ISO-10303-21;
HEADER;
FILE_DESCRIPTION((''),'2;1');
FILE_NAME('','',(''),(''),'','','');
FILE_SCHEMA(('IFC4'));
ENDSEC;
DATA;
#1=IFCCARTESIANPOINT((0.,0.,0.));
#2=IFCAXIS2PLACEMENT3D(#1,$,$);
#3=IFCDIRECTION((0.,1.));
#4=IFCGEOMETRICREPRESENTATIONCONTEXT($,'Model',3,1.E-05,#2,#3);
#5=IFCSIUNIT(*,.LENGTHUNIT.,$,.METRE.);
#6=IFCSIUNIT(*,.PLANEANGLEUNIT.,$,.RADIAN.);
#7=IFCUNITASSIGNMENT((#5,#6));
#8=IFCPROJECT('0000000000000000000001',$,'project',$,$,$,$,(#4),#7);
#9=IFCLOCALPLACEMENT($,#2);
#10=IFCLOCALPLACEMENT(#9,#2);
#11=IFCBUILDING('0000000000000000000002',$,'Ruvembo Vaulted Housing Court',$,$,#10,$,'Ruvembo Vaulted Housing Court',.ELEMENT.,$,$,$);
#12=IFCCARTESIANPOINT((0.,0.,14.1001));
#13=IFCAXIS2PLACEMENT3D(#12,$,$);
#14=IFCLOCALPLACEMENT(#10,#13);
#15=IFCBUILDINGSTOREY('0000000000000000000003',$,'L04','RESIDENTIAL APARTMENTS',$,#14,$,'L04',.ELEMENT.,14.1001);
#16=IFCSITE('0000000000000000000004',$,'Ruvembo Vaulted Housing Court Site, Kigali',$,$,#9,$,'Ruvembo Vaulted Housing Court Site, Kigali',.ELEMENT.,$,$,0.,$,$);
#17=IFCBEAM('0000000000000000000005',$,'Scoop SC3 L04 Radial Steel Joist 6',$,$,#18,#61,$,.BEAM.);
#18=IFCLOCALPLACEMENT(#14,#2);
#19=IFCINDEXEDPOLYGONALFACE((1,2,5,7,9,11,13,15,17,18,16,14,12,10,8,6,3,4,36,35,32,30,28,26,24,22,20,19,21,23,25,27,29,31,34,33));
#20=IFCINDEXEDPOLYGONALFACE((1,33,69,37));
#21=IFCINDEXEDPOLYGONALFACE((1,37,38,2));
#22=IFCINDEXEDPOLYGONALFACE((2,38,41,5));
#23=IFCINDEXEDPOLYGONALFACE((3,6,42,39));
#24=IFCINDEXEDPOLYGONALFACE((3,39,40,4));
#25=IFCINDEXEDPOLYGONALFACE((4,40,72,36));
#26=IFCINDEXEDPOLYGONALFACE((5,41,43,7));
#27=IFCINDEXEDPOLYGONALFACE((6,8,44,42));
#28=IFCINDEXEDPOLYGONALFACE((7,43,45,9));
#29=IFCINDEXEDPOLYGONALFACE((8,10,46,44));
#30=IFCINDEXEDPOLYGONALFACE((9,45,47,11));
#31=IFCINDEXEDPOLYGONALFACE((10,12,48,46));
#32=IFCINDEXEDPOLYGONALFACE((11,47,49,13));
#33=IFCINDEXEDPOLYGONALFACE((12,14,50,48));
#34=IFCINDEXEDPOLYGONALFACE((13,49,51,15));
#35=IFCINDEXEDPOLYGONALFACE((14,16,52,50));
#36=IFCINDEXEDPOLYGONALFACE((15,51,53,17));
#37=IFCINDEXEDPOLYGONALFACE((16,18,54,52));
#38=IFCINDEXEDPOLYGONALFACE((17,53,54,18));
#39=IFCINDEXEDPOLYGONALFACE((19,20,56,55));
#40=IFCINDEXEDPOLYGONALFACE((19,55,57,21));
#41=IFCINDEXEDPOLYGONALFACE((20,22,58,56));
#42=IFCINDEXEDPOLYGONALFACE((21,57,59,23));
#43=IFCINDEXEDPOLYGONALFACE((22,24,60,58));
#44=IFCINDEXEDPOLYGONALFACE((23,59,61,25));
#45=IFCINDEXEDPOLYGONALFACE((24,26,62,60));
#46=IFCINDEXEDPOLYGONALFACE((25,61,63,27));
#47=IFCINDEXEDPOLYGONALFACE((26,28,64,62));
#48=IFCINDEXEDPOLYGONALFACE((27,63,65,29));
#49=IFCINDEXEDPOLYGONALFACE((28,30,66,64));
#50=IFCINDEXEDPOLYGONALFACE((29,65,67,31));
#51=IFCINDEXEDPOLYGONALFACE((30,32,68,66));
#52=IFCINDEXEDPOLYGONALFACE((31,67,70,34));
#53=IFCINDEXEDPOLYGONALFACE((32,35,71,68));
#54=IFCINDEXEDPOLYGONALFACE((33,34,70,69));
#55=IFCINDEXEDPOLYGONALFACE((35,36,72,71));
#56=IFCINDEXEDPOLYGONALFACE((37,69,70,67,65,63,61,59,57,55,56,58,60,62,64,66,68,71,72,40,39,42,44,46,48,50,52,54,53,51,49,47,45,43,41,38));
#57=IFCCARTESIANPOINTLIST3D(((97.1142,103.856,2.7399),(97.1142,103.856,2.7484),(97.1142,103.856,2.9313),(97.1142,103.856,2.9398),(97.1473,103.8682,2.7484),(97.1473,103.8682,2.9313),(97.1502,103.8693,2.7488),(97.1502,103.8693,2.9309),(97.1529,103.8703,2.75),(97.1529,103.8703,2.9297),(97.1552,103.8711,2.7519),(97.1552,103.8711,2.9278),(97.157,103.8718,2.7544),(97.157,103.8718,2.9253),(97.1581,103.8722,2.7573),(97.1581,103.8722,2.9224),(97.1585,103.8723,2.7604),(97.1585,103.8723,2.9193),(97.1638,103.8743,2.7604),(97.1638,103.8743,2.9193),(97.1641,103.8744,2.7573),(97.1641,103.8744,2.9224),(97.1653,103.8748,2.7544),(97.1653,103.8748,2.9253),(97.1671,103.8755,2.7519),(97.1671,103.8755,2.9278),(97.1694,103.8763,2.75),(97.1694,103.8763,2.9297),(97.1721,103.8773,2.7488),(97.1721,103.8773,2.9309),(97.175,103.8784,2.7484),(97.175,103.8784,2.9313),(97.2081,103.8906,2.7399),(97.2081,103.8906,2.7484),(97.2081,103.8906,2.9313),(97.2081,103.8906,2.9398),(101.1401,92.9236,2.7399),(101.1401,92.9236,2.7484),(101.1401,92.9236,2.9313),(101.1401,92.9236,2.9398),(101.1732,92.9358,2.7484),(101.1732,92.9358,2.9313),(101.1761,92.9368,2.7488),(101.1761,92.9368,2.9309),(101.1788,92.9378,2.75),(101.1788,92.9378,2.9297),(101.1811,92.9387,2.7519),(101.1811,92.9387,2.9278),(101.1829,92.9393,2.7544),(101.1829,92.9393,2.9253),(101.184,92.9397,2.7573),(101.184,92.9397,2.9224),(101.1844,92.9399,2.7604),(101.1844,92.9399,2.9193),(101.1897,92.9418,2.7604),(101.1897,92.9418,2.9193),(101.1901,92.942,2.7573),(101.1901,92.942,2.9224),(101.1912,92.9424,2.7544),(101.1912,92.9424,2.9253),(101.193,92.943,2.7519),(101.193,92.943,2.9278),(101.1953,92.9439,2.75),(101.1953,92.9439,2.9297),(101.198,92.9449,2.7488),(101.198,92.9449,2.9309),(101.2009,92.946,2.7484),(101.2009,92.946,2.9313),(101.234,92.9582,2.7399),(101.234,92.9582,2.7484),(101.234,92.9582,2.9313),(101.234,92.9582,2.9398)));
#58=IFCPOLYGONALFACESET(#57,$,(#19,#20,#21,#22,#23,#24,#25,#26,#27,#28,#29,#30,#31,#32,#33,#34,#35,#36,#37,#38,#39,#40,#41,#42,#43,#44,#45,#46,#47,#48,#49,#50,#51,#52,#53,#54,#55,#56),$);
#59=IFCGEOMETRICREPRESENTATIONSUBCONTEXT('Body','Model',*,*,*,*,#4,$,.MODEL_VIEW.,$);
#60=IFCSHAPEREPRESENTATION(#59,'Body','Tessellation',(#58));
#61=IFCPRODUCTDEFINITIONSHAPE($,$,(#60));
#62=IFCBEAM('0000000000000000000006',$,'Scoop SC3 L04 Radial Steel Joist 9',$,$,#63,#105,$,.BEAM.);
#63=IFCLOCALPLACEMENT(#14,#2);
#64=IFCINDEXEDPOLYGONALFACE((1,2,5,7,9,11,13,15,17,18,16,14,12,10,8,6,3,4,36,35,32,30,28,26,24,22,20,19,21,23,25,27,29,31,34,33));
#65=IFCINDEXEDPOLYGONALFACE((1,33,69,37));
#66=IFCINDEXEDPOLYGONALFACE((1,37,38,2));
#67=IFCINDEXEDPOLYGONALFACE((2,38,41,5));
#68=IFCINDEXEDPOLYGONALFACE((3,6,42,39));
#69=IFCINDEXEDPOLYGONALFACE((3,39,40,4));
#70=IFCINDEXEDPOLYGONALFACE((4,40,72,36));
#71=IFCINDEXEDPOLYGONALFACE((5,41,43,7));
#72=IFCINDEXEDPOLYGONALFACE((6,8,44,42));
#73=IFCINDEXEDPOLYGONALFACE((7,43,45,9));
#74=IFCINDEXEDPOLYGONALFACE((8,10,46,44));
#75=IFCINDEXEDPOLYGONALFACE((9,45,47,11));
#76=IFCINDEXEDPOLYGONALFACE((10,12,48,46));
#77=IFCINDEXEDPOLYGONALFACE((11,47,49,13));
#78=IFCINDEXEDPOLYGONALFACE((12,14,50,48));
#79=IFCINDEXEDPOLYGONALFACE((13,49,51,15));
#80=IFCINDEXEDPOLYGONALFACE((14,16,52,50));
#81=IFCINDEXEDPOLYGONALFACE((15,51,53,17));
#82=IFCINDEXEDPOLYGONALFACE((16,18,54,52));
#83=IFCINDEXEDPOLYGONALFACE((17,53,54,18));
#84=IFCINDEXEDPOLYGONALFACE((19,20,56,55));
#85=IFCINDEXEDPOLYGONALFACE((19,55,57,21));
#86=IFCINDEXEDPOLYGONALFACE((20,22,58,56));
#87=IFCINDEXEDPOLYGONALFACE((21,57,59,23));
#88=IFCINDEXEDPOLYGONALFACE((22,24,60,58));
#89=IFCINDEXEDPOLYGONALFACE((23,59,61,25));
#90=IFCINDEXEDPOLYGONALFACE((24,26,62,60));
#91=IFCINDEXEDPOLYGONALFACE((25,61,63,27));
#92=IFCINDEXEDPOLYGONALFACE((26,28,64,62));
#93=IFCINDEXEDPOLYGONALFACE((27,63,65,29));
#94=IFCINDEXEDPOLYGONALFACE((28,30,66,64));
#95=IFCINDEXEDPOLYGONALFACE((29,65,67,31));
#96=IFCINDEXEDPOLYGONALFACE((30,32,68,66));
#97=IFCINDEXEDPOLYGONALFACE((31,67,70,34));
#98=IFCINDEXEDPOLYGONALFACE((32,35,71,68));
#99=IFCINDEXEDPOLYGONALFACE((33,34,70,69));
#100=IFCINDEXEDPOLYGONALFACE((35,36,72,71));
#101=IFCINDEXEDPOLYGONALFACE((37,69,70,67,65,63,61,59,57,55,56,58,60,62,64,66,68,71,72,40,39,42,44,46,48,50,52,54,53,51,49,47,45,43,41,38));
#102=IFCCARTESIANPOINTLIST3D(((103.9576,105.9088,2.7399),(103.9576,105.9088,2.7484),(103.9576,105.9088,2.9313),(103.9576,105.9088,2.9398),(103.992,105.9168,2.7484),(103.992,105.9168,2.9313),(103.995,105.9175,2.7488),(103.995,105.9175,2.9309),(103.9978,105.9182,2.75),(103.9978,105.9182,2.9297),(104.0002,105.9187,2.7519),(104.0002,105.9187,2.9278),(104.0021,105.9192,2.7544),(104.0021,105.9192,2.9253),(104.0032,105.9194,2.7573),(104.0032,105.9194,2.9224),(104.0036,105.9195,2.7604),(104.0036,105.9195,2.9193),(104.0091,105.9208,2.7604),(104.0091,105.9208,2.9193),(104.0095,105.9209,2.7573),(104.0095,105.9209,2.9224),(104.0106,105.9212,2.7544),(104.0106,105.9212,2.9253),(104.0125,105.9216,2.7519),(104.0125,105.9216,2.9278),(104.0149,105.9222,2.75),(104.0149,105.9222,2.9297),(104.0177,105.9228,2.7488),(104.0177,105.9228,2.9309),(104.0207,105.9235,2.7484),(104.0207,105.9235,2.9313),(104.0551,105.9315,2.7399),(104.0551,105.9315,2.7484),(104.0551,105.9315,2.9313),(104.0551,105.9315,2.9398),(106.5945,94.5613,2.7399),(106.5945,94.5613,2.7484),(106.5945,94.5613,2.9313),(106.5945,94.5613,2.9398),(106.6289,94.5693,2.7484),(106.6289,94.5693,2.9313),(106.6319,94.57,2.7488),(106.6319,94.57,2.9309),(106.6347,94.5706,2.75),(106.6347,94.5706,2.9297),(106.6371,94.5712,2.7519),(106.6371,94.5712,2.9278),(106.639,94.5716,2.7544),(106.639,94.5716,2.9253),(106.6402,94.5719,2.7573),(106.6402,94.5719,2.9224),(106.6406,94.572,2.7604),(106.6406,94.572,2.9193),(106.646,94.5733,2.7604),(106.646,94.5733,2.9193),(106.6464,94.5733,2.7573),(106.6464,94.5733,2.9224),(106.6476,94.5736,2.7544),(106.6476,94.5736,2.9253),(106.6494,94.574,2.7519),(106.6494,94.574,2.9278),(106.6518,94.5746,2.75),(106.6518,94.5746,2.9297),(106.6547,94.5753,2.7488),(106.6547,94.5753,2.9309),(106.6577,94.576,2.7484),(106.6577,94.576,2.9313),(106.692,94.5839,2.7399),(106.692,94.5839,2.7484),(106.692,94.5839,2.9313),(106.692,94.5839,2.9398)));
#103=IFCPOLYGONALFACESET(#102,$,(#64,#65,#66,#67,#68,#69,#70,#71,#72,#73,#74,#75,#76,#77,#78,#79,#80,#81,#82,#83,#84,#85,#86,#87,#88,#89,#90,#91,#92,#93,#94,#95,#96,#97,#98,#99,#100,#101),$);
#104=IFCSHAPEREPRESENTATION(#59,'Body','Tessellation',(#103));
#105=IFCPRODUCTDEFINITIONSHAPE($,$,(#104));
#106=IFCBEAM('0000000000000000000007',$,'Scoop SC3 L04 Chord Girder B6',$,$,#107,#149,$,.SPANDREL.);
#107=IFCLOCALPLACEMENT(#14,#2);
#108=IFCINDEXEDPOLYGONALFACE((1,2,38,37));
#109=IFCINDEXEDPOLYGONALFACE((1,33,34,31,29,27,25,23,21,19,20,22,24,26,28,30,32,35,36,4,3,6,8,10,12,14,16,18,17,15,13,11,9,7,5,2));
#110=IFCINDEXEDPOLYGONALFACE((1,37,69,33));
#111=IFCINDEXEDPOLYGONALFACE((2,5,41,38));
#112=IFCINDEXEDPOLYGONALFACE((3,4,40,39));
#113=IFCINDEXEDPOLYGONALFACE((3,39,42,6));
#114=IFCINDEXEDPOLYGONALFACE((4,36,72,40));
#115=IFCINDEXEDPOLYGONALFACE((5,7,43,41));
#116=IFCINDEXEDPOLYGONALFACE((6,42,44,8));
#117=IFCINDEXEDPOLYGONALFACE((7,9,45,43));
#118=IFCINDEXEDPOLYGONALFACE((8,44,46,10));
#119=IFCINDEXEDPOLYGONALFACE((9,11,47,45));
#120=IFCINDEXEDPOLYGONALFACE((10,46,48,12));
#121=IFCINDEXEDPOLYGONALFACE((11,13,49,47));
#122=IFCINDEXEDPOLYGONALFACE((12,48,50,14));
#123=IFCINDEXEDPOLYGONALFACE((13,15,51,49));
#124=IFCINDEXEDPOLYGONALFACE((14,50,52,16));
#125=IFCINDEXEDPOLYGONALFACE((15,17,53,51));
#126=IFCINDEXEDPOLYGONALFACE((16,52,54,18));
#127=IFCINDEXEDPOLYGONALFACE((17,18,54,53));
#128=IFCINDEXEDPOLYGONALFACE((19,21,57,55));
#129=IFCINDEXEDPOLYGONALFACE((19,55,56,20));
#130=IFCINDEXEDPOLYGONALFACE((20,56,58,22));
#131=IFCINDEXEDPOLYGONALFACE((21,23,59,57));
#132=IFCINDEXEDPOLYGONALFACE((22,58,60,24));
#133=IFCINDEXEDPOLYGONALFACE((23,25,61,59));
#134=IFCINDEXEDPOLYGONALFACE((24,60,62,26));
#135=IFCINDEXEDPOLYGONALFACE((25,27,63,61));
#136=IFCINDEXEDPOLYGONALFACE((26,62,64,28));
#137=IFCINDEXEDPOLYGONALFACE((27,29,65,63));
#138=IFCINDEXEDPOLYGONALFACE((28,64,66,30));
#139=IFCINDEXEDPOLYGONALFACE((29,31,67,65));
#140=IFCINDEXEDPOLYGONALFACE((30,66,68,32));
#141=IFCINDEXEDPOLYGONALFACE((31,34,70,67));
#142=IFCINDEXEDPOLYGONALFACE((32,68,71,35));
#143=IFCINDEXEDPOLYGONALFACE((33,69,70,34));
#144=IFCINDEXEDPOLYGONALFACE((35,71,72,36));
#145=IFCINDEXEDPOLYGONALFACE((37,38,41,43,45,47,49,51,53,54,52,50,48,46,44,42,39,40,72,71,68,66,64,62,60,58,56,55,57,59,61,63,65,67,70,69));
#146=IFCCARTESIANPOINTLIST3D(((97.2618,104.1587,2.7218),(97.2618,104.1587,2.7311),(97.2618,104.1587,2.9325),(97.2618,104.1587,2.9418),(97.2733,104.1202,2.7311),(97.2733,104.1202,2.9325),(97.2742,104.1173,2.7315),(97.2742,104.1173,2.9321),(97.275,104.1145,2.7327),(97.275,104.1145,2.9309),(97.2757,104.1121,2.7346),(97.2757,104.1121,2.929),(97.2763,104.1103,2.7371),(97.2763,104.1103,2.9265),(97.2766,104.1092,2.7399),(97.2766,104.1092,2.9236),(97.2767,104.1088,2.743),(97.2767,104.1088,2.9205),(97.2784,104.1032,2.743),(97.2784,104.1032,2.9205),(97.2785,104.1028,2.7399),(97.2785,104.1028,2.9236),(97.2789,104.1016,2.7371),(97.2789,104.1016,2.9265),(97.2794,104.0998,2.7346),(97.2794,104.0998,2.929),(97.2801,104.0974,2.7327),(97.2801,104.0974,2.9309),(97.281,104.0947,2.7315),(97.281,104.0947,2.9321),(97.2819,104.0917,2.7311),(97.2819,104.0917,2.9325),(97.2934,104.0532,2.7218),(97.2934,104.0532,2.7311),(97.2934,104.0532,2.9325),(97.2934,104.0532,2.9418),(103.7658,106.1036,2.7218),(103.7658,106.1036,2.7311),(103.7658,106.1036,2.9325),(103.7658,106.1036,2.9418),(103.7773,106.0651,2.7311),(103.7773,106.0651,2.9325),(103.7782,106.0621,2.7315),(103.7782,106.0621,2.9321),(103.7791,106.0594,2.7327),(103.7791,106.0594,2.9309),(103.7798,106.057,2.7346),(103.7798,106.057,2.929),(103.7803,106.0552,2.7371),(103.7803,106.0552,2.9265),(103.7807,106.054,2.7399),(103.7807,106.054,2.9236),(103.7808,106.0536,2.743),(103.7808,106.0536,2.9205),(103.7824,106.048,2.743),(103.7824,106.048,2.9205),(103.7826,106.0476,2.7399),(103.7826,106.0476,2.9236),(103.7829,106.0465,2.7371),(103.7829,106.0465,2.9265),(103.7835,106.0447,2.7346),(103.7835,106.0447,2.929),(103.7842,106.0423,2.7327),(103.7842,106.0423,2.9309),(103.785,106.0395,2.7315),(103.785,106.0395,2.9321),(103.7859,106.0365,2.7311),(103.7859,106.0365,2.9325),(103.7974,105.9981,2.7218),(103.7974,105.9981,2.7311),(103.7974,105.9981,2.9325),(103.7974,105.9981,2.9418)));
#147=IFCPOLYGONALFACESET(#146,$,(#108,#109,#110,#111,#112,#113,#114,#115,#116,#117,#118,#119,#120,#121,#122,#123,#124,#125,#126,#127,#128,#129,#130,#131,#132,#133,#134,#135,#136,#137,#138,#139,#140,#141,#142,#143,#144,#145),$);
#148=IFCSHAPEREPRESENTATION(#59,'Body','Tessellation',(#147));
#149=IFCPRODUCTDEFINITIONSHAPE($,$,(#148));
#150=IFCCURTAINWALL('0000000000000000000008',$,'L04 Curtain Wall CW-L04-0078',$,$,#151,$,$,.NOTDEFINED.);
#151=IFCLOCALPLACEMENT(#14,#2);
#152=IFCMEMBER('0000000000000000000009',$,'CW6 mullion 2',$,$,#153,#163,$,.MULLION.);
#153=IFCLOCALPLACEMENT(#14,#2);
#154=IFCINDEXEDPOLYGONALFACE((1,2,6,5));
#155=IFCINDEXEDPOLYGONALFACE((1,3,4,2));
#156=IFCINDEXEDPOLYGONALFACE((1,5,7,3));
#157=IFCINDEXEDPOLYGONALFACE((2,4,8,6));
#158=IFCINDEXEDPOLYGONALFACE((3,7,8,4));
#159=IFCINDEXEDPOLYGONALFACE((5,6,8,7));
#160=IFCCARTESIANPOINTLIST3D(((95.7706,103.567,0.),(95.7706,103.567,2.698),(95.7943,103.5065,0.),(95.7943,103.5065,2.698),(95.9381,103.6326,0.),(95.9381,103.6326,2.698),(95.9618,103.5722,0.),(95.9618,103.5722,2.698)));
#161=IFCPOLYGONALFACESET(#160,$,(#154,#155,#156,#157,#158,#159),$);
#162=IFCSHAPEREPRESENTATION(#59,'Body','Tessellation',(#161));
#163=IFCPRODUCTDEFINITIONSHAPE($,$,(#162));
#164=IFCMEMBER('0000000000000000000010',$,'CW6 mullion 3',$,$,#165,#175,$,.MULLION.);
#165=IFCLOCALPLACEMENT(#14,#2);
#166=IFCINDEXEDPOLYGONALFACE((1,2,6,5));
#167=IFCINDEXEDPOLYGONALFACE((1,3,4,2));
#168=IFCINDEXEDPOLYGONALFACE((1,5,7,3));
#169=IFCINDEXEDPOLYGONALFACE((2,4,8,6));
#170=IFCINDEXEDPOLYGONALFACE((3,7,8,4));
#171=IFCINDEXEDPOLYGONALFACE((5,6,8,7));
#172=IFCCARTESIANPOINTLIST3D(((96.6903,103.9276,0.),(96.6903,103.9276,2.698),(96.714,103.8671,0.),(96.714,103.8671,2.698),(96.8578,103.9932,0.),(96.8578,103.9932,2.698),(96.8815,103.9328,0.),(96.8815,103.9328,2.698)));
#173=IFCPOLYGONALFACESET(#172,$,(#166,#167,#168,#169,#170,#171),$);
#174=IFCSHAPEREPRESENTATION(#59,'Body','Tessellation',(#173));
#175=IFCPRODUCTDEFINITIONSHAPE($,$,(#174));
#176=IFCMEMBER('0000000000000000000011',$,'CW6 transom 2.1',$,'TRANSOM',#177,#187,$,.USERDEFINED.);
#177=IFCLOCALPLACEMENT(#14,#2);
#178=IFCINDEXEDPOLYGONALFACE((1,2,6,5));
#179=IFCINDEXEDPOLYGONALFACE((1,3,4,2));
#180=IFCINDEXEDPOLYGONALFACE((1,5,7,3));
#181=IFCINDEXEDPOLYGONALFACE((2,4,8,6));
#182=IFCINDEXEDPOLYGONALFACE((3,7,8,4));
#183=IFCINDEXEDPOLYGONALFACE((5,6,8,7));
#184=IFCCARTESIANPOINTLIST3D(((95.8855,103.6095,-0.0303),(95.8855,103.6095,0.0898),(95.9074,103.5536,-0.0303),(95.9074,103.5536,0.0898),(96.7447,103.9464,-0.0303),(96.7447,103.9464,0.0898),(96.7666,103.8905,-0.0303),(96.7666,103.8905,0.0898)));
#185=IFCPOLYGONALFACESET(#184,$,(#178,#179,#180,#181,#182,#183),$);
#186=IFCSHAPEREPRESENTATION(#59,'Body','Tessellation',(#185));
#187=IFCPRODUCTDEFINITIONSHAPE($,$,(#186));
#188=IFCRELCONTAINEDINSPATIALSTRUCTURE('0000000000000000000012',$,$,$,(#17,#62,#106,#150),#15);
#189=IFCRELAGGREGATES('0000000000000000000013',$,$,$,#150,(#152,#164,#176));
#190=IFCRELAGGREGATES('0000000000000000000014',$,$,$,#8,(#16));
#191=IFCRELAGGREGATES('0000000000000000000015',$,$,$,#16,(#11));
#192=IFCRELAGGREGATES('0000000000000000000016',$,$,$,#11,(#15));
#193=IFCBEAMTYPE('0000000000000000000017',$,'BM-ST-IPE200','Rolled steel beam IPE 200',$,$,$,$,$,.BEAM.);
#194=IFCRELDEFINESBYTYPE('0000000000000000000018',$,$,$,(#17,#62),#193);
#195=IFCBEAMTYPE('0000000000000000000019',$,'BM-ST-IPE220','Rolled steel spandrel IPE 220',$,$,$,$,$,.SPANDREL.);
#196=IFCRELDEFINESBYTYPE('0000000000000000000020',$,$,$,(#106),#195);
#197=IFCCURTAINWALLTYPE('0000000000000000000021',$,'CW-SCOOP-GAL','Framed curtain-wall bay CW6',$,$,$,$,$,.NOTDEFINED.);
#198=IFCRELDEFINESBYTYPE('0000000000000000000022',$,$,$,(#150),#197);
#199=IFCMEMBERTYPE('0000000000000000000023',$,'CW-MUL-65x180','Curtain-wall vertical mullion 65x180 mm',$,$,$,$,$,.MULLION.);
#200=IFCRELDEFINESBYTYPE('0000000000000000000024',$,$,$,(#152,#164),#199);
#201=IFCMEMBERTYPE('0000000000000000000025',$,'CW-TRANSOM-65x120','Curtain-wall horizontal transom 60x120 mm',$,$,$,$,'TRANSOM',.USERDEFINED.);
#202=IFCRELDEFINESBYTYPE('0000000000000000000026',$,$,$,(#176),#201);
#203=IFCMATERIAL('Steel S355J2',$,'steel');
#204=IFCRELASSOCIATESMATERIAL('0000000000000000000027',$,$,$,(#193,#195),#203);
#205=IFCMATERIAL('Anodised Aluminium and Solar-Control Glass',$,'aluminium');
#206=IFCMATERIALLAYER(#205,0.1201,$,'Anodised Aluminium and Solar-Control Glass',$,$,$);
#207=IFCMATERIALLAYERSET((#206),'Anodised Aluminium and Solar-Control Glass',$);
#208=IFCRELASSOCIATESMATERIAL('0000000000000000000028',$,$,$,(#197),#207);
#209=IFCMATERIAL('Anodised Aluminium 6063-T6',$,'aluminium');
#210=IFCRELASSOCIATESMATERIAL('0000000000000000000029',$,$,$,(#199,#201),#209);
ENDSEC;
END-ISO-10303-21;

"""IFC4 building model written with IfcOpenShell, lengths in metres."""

from ifc_helpers import new_model, si_unit, direction, frame, origin, origin_2d, place, context, subcontext, project, spatial, rectangle, i_section, extrude, material, layer, layer_set, material_profile, profile_set, type_object, element, aggregate, save


model = new_model("IFC4")

# Units and contexts
model_context = context("Model", 3, precision=1e-05, world=origin(), true_north=direction((0.0, 1.0)))
body_context = subcontext(model_context, "Body", "Model", "MODEL_VIEW")
ifc_project = project(units=[si_unit("LENGTHUNIT", "METRE"), si_unit("PLANEANGLEUNIT", "RADIAN")], contexts=[model_context])

# Site, building, storey
site_placement = place(None, origin())
site = spatial("IfcSite", under=ifc_project, at=site_placement, Name="Ruvembo Vaulted Housing Court Site, Kigali", LongName="Ruvembo Vaulted Housing Court Site, Kigali", CompositionType="ELEMENT", RefElevation=0.0)
building_placement = place(site_placement, origin())
building = spatial("IfcBuilding", under=site, at=building_placement, Name="Ruvembo Vaulted Housing Court", LongName="Ruvembo Vaulted Housing Court", CompositionType="ELEMENT")
storey_placement = place(building_placement, frame((0.0, 0.0, 14.1001)))
storey = spatial("IfcBuildingStorey", under=building, at=storey_placement, Name="L04", Description="RESIDENTIAL APARTMENTS", LongName="L04", CompositionType="ELEMENT", Elevation=14.1001)

# Beams
ifc_material_1 = material(Name="Steel S355J2", Category="steel")
ifc_material_profile_1 = material_profile(ifc_material_1, i_section(OverallWidth=0.1001, OverallDepth=0.2, WebThickness=0.0056, FlangeThickness=0.0085, FilletRadius=0.012, at=origin_2d()), Name="IPE 200")
ifc_profile_set_1 = profile_set([ifc_material_profile_1], Name="Steel S355J2")
beam_type_1 = type_object("IfcBeamType", Name="BM-ST-IPE200", Description="Rolled steel beam IPE 200", PredefinedType="BEAM", material=ifc_profile_set_1)
beam_1_placement = place(storey_placement, frame((97.1611, 103.8733, 2.8398), z_axis=(0.345566, -0.938394, 0.0), x_axis=(0.938394, 0.345566, 0.0)))
element("IfcBeam", 1, at=beam_1_placement, inside=storey, type_object=beam_type_1, Name="Scoop SC3 L04 Radial Steel Joist 6", PredefinedType="BEAM", context=body_context, shape_type="SweptSolid", body=[
    extrude(i_section(OverallWidth=0.1001, OverallDepth=0.2, WebThickness=0.0056, FlangeThickness=0.0085, FilletRadius=0.012, at=origin_2d()), origin(), (0.0, 0.0, 1.0), 11.6501),
])
beam_2_placement = place(storey_placement, frame((104.0063, 105.9202, 2.8398), z_axis=(0.226348, -0.974046, 0.0), x_axis=(0.974046, 0.226348, 0.0)))
element("IfcBeam", 2, at=beam_2_placement, inside=storey, type_object=beam_type_1, Name="Scoop SC3 L04 Radial Steel Joist 9", PredefinedType="BEAM", context=body_context, shape_type="SweptSolid", body=[
    extrude(i_section(OverallWidth=0.1001, OverallDepth=0.2, WebThickness=0.0056, FlangeThickness=0.0085, FilletRadius=0.012, at=origin_2d()), origin(), (0.0, 0.0, 1.0), 11.6499),
])
ifc_material_profile_2 = material_profile(ifc_material_1, i_section(OverallWidth=0.1101, OverallDepth=0.22, WebThickness=0.0059, FlangeThickness=0.0093, FilletRadius=0.012, at=origin_2d()), Name="IPE 220")
ifc_profile_set_2 = profile_set([ifc_material_profile_2], Name="Steel S355J2")
beam_type_2 = type_object("IfcBeamType", Name="BM-ST-IPE220", Description="Rolled steel spandrel IPE 220", PredefinedType="SPANDREL", material=ifc_profile_set_2)
beam_3_placement = place(storey_placement, frame((97.2776, 104.106, 2.8318), z_axis=(0.958083, 0.28649, 0.0), x_axis=(-0.28649, 0.958083, 0.0)))
element("IfcBeam", 3, at=beam_3_placement, inside=storey, type_object=beam_type_2, Name="Scoop SC3 L04 Chord Girder B6", PredefinedType="SPANDREL", context=body_context, shape_type="SweptSolid", body=[
    extrude(i_section(OverallWidth=0.1101, OverallDepth=0.22, WebThickness=0.0059, FlangeThickness=0.0093, FilletRadius=0.012, at=origin_2d()), origin(), (0.0, 0.0, 1.0), 6.7886),
])

# Curtain wall, members
ifc_material_2 = material(Name="Anodised Aluminium and Solar-Control Glass", Category="aluminium")
ifc_layer_1 = layer(ifc_material_2, 0.1201, Name="Anodised Aluminium and Solar-Control Glass")
ifc_layer_set_1 = layer_set([ifc_layer_1], Name="Anodised Aluminium and Solar-Control Glass")
curtain_wall_type = type_object("IfcCurtainWallType", Name="CW-SCOOP-GAL", Description="Framed curtain-wall bay CW6", PredefinedType="NOTDEFINED", material=ifc_layer_set_1)
curtain_wall_placement = place(storey_placement, origin())
curtain_wall = element("IfcCurtainWall", 4, at=curtain_wall_placement, inside=storey, type_object=curtain_wall_type, Name="L04 Curtain Wall CW-L04-0078", PredefinedType="NOTDEFINED")
ifc_material_3 = material(Name="Anodised Aluminium 6063-T6", Category="aluminium")
ifc_material_profile_3 = material_profile(ifc_material_3, rectangle(XDim=0.0649, YDim=0.1799, at=origin_2d()), Name="ALU 65x180")
ifc_profile_set_3 = profile_set([ifc_material_profile_3], Name="Anodised Aluminium 6063-T6")
member_type_1 = type_object("IfcMemberType", Name="CW-MUL-65x180", Description="Curtain-wall vertical mullion 65x180 mm", PredefinedType="MULLION", material=ifc_profile_set_3)
member_1_placement = place(storey_placement, frame((95.8662, 103.5696, 0.0), z_axis=(0.0, 0.0, 1.0), x_axis=(-0.365003, 0.931006, 0.0)))
member_1 = element("IfcMember", 5, at=member_1_placement, type_object=member_type_1, Name="CW6 mullion 2", PredefinedType="MULLION", context=body_context, shape_type="SweptSolid", body=[
    extrude(rectangle(XDim=0.0649, YDim=0.1799, at=origin_2d()), origin(), (0.0, 0.0, 1.0), 2.698),
])
member_2_placement = place(storey_placement, frame((96.7859, 103.9302, 0.0), z_axis=(0.0, 0.0, 1.0), x_axis=(-0.365003, 0.931006, 0.0)))
member_2 = element("IfcMember", 6, at=member_2_placement, type_object=member_type_1, Name="CW6 mullion 3", PredefinedType="MULLION", context=body_context, shape_type="SweptSolid", body=[
    extrude(rectangle(XDim=0.0649, YDim=0.1799, at=origin_2d()), origin(), (0.0, 0.0, 1.0), 2.698),
])
ifc_material_profile_4 = material_profile(ifc_material_3, rectangle(XDim=0.0601, YDim=0.1201, at=origin_2d()), Name="ALU 60x120")
ifc_profile_set_4 = profile_set([ifc_material_profile_4], Name="Anodised Aluminium 6063-T6")
member_type_2 = type_object("IfcMemberType", Name="CW-TRANSOM-65x120", Description="Curtain-wall horizontal transom 60x120 mm", ElementType="TRANSOM", PredefinedType="USERDEFINED", material=ifc_profile_set_4)
member_3_placement = place(storey_placement, frame((95.8965, 103.5815, 0.0298), z_axis=(0.930973, 0.365088, 0.0), x_axis=(-0.365088, 0.930973, 0.0)))
member_3 = element("IfcMember", 7, at=member_3_placement, type_object=member_type_2, Name="CW6 transom 2.1", ObjectType="TRANSOM", PredefinedType="USERDEFINED", context=body_context, shape_type="SweptSolid", body=[
    extrude(rectangle(XDim=0.0601, YDim=0.1201, at=origin_2d()), origin(), (0.0, 0.0, 1.0), 0.9229),
])
aggregate(curtain_wall, [member_1, member_2, member_3])

save(model, "model.ifc")
